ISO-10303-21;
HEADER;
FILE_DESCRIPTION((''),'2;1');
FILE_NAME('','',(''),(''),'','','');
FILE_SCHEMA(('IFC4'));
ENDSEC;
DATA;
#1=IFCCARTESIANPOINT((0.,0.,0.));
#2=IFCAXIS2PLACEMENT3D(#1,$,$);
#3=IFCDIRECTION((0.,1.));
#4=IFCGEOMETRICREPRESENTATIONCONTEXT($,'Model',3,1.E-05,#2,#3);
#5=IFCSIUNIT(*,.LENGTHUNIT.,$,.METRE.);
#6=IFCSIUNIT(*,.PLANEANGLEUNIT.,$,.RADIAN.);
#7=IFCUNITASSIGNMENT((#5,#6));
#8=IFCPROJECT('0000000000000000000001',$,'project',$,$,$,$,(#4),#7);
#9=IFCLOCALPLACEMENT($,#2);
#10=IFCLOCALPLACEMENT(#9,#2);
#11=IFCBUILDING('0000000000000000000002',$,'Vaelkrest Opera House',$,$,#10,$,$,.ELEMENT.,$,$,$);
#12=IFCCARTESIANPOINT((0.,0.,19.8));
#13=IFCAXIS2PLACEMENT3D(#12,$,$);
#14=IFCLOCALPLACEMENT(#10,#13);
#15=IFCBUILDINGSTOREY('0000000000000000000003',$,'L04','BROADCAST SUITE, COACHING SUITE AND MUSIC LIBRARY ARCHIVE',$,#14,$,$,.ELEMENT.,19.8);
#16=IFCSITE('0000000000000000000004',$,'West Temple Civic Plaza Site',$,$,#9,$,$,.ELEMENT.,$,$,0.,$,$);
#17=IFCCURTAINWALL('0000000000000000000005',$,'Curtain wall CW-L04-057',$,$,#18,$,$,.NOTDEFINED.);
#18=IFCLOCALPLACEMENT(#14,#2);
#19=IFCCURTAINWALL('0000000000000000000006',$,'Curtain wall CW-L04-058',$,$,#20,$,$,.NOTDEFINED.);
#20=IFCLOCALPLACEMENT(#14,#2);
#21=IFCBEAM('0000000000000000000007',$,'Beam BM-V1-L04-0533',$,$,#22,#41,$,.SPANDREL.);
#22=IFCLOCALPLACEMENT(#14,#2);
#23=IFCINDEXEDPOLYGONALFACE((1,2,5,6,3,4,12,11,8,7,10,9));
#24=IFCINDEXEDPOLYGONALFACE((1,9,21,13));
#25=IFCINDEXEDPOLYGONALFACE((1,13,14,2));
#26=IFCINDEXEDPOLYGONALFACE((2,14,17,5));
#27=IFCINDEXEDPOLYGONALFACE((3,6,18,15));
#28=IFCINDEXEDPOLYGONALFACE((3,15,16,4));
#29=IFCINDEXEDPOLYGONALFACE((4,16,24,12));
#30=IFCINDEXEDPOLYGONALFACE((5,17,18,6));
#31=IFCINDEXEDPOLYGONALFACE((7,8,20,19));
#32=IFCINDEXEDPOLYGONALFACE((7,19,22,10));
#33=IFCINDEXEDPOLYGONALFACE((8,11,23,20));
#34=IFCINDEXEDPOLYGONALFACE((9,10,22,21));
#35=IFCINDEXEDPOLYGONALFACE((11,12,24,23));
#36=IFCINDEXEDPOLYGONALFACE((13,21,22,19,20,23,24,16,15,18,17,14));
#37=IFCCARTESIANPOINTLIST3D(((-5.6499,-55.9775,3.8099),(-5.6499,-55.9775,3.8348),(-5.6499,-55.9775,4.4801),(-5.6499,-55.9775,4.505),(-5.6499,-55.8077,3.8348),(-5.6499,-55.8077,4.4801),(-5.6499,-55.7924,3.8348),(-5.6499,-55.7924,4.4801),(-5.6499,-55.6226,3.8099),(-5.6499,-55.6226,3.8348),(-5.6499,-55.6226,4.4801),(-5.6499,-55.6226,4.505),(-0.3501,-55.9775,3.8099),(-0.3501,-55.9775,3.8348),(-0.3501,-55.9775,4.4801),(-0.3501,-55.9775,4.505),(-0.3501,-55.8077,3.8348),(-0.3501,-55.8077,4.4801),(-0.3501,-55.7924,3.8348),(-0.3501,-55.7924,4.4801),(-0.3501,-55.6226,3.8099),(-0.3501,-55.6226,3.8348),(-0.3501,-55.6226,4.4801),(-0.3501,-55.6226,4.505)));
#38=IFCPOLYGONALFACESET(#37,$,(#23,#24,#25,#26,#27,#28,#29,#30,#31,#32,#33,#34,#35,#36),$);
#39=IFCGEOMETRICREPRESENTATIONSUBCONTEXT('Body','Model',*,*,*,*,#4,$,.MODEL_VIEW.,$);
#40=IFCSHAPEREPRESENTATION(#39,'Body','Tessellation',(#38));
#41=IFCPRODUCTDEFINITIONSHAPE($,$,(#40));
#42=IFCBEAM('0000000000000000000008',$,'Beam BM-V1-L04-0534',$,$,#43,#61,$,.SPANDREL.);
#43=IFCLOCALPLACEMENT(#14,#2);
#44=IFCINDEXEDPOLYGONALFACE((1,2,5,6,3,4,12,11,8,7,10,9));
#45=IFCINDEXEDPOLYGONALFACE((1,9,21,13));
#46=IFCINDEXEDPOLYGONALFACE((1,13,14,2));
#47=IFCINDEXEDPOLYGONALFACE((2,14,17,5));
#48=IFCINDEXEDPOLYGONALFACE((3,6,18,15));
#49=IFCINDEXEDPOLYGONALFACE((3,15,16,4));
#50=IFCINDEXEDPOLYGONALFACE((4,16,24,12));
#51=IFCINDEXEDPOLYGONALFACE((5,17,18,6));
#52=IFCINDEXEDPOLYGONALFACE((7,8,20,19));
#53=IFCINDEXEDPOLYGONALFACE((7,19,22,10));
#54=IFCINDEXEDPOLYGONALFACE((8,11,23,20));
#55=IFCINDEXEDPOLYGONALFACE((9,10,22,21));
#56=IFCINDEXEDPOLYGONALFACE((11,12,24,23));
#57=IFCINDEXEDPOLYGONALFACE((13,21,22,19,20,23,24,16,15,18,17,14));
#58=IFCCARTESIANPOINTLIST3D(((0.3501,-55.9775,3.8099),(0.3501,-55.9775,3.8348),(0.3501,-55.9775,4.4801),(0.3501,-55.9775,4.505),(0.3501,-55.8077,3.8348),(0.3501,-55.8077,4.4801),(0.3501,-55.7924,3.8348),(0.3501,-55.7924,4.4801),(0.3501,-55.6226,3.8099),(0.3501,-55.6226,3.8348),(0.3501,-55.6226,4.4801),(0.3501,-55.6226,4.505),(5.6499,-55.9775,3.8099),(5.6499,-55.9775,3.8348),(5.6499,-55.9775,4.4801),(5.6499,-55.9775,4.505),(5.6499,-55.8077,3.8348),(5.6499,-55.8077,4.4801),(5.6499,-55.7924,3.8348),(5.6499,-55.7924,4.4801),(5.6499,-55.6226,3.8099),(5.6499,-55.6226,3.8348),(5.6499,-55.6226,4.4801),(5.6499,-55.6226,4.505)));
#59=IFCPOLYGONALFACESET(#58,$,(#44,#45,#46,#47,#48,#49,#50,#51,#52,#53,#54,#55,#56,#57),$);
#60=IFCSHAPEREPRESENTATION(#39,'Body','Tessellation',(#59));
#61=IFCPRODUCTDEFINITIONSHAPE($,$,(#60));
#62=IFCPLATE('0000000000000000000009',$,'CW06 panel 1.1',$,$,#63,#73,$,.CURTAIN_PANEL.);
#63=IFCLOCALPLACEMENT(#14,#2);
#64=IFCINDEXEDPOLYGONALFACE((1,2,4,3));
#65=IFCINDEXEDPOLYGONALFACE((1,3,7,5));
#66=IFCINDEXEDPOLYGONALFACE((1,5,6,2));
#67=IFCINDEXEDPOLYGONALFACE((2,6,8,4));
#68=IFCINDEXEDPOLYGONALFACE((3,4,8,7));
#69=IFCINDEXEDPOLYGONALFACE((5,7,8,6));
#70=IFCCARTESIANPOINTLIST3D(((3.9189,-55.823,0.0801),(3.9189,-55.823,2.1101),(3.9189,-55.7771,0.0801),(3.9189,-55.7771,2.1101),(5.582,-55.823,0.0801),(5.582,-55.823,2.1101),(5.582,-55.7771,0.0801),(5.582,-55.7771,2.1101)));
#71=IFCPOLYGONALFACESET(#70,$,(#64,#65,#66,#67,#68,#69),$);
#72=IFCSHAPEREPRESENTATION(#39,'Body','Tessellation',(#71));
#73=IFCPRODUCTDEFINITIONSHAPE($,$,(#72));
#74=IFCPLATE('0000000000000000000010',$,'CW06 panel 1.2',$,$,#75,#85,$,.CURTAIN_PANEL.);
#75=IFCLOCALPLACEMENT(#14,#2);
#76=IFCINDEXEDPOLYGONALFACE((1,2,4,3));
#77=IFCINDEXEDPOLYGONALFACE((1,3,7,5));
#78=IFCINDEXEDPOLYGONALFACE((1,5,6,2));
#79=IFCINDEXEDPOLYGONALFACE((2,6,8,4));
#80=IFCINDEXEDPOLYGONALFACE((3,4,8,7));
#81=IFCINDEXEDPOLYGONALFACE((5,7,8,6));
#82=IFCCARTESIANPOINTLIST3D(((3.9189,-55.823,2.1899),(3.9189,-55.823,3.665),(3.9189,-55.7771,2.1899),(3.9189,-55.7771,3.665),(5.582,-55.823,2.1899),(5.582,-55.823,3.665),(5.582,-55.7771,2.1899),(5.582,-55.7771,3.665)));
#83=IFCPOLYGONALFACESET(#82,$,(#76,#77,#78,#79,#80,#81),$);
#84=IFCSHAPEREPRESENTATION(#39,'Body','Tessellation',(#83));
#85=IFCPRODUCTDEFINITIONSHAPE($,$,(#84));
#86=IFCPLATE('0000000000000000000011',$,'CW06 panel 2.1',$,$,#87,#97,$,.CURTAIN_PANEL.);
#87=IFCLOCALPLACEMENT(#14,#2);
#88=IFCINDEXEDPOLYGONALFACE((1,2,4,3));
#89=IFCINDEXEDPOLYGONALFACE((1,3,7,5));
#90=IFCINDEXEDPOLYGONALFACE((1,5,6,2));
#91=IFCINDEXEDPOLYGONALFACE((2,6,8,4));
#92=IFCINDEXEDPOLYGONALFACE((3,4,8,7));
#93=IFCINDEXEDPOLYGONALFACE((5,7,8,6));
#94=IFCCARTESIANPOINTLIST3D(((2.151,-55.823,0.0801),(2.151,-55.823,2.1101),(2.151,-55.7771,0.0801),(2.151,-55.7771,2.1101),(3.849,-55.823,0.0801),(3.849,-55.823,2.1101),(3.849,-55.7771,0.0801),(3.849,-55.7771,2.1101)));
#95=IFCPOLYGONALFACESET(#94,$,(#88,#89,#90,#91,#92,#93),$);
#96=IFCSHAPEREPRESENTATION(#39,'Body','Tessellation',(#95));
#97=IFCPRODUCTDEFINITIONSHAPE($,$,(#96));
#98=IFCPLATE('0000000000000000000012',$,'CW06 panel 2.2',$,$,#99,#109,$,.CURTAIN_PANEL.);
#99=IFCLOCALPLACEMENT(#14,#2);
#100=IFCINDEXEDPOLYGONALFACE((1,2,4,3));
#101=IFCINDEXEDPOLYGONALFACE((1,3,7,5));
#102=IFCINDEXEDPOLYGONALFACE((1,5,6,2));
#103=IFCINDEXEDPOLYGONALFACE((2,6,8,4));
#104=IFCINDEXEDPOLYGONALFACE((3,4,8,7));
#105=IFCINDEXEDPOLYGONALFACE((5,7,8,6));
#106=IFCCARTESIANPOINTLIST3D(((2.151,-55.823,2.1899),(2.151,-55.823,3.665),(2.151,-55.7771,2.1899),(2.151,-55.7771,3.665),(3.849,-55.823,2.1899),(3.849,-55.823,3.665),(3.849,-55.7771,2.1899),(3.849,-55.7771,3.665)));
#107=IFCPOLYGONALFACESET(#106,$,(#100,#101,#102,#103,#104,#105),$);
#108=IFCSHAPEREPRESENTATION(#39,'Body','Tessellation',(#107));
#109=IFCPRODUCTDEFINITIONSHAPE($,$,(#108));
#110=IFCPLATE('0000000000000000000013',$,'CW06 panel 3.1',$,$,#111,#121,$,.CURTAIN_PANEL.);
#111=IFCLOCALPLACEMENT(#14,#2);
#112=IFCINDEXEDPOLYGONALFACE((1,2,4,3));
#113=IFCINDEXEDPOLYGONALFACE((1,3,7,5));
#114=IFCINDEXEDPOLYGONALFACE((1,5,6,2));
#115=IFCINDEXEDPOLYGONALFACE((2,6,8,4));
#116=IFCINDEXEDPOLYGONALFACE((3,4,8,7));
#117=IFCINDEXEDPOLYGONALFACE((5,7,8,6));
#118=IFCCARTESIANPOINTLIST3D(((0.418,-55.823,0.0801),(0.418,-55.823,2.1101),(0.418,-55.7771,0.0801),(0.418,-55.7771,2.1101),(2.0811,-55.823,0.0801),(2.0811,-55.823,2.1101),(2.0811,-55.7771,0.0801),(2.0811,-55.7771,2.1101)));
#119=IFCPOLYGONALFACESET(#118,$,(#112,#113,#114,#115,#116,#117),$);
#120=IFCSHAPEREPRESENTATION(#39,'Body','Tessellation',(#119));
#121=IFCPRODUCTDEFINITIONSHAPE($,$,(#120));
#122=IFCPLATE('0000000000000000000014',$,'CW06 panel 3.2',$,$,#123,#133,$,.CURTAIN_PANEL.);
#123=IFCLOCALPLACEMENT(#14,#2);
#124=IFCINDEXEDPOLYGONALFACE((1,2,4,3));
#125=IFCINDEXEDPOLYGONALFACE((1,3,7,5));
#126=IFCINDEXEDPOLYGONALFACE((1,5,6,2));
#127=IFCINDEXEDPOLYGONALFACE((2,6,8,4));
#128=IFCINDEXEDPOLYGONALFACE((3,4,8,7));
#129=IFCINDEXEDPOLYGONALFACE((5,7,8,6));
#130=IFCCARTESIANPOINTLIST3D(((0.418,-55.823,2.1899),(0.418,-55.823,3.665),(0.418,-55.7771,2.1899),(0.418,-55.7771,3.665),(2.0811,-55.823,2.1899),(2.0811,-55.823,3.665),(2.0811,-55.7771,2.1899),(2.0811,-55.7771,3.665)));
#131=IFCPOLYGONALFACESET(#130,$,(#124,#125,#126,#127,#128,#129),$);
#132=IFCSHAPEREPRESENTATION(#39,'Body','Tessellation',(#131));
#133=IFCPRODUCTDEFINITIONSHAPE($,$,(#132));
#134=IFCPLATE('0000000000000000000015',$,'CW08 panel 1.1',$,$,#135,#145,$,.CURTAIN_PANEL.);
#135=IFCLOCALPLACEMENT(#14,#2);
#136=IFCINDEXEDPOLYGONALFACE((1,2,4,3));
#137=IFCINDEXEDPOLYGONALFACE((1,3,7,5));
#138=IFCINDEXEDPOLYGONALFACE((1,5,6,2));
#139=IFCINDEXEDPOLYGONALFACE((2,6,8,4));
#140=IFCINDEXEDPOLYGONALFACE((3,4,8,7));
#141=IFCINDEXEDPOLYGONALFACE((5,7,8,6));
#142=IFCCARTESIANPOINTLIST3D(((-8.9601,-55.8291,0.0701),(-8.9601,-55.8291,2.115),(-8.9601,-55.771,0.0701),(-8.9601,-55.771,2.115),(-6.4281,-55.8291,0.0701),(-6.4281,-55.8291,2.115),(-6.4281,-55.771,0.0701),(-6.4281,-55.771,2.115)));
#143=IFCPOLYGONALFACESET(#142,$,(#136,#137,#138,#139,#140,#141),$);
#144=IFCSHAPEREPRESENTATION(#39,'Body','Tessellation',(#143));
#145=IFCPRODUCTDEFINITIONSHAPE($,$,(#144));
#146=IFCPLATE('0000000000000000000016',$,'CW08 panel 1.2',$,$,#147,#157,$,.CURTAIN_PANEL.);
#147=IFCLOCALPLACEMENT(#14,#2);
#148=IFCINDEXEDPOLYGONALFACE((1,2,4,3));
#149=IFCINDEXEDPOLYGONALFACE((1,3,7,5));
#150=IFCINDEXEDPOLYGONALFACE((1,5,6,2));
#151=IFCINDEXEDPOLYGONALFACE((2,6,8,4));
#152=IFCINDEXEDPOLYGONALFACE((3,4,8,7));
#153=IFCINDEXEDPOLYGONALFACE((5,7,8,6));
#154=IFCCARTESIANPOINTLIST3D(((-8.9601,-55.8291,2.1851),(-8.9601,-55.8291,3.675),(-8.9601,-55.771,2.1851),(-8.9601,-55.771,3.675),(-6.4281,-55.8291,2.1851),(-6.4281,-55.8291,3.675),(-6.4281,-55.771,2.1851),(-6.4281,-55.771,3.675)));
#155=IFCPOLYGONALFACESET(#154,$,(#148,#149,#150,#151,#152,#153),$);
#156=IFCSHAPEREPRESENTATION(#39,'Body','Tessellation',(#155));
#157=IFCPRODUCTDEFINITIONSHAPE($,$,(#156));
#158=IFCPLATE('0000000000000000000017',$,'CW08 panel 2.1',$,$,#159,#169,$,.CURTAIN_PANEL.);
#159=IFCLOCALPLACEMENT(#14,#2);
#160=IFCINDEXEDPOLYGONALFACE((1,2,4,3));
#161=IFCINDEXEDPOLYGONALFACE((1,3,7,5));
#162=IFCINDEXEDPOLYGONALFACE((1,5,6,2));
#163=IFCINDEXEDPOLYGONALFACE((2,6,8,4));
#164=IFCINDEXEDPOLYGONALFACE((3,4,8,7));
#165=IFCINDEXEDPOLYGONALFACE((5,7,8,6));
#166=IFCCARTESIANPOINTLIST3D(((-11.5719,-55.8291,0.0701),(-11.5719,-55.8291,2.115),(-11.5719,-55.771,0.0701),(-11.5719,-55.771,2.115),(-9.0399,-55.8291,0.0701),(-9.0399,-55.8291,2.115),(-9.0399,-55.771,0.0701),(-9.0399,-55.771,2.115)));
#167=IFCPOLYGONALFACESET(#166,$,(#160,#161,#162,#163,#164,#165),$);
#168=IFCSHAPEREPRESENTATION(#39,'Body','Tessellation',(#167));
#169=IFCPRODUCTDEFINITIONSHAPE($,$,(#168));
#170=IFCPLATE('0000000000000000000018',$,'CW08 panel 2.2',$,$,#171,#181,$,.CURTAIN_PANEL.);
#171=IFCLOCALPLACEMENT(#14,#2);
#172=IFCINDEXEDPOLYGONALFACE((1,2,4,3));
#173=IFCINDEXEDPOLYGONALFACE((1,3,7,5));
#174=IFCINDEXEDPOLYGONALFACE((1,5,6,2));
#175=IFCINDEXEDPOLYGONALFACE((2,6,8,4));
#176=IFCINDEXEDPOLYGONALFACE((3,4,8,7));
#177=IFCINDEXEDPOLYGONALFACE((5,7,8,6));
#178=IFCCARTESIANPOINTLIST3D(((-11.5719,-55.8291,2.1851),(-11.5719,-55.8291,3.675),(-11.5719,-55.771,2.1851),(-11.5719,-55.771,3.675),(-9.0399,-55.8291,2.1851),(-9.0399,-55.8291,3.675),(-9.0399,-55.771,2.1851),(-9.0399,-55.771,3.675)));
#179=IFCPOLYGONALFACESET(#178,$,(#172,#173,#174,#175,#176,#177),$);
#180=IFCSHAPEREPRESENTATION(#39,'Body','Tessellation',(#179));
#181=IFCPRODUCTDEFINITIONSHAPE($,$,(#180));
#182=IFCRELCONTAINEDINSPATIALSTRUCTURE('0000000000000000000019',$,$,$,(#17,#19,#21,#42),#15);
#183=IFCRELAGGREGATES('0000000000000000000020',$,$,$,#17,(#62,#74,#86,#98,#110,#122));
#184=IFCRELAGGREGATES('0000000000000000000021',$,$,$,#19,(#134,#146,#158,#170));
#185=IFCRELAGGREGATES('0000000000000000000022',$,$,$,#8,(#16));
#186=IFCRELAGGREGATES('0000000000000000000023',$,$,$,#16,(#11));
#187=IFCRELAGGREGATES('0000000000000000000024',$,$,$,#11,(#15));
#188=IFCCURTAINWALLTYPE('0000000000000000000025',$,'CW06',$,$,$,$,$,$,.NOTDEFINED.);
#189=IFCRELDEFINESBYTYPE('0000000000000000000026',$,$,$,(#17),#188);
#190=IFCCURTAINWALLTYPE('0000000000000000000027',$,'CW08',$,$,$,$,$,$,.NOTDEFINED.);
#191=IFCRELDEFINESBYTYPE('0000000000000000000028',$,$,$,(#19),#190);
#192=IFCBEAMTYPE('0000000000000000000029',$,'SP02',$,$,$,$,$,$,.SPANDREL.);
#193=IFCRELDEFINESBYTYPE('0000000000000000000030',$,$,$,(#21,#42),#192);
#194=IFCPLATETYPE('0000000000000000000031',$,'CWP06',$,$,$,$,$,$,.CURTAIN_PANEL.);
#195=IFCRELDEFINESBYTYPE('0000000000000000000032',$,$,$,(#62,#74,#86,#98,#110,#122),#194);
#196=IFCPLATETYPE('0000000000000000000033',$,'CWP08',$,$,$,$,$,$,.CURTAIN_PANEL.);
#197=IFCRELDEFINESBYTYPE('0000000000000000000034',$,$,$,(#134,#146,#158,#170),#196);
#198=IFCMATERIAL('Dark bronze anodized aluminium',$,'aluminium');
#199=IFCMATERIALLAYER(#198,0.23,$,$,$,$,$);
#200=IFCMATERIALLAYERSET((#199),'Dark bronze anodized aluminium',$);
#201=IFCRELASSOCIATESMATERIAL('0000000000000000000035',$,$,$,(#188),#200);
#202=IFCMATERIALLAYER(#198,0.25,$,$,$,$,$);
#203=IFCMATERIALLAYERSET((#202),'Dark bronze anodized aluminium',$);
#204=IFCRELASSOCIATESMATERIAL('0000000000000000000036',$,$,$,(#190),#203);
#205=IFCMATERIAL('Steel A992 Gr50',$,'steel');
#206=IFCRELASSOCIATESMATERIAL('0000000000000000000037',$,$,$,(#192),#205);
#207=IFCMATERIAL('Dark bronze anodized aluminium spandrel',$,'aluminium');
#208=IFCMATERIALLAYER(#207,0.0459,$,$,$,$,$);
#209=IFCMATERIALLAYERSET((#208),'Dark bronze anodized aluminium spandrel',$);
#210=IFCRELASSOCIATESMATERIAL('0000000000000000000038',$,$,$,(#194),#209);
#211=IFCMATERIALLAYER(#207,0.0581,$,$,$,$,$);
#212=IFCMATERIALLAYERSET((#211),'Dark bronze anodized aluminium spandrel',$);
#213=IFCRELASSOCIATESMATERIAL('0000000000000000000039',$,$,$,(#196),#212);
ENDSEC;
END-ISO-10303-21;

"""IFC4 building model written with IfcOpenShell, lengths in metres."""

from ifc_helpers import new_model, si_unit, direction, frame, origin, origin_2d, place, context, subcontext, project, spatial, rectangle, i_section, extrude, material, layer, layer_set, material_profile, profile_set, type_object, element, aggregate, save


model = new_model("IFC4")

# Units and contexts
model_context = context("Model", 3, precision=1e-05, world=origin(), true_north=direction((0.0, 1.0)))
body_context = subcontext(model_context, "Body", "Model", "MODEL_VIEW")
ifc_project = project(units=[si_unit("LENGTHUNIT", "METRE"), si_unit("PLANEANGLEUNIT", "RADIAN")], contexts=[model_context])

# Site, building, storey
site_placement = place(None, origin())
site = spatial("IfcSite", under=ifc_project, at=site_placement, Name="West Temple Civic Plaza Site", CompositionType="ELEMENT", RefElevation=0.0)
building_placement = place(site_placement, origin())
building = spatial("IfcBuilding", under=site, at=building_placement, Name="Vaelkrest Opera House", CompositionType="ELEMENT")
storey_placement = place(building_placement, frame((0.0, 0.0, 19.8)))
storey = spatial("IfcBuildingStorey", under=building, at=storey_placement, Name="L04", Description="BROADCAST SUITE, COACHING SUITE AND MUSIC LIBRARY ARCHIVE", CompositionType="ELEMENT", Elevation=19.8)

# Curtain walls
ifc_material_1 = material(Name="Dark bronze anodized aluminium", Category="aluminium")
ifc_layer_1 = layer(ifc_material_1, 0.23)
ifc_layer_set_1 = layer_set([ifc_layer_1], Name="Dark bronze anodized aluminium")
curtain_wall_type_1 = type_object("IfcCurtainWallType", Name="CW06", PredefinedType="NOTDEFINED", material=ifc_layer_set_1)
curtain_wall_1_placement = place(storey_placement, origin())
curtain_wall_1 = element("IfcCurtainWall", 1, at=curtain_wall_1_placement, inside=storey, type_object=curtain_wall_type_1, Name="Curtain wall CW-L04-057", PredefinedType="NOTDEFINED")
ifc_layer_2 = layer(ifc_material_1, 0.25)
ifc_layer_set_2 = layer_set([ifc_layer_2], Name="Dark bronze anodized aluminium")
curtain_wall_type_2 = type_object("IfcCurtainWallType", Name="CW08", PredefinedType="NOTDEFINED", material=ifc_layer_set_2)
curtain_wall_2_placement = place(storey_placement, origin())
curtain_wall_2 = element("IfcCurtainWall", 2, at=curtain_wall_2_placement, inside=storey, type_object=curtain_wall_type_2, Name="Curtain wall CW-L04-058", PredefinedType="NOTDEFINED")

# Beams
ifc_material_2 = material(Name="Steel A992 Gr50", Category="steel")
ifc_material_profile_1 = material_profile(ifc_material_2, i_section(OverallWidth=0.355, OverallDepth=0.6951, WebThickness=0.0154, FlangeThickness=0.0249, at=origin_2d()), Name="W27X146")
ifc_profile_set_1 = profile_set([ifc_material_profile_1], Name="Steel A992 Gr50")
beam_type = type_object("IfcBeamType", Name="SP02", PredefinedType="SPANDREL", material=ifc_profile_set_1)
for number, where, z_axis, x_axis, name in (
    (3, (-5.6499, -55.8, 4.1575), (1.0, 0.0, 0.0), (0.0, 1.0, 0.0), "Beam BM-V1-L04-0533"),
    (4, (0.3501, -55.8, 4.1575), (1.0, 0.0, 0.0), (0.0, 1.0, 0.0), "Beam BM-V1-L04-0534"),
):
    element("IfcBeam", number, at=place(storey_placement, frame(where, z_axis=z_axis, x_axis=x_axis)), inside=storey, type_object=beam_type, Name=name, PredefinedType="SPANDREL", context=body_context, shape_type="SweptSolid", body=[
        extrude(i_section(OverallWidth=0.355, OverallDepth=0.6951, WebThickness=0.0154, FlangeThickness=0.0249, at=origin_2d()), origin(), (0.0, 0.0, 1.0), 5.2998),
    ])

# Plates
ifc_material_3 = material(Name="Dark bronze anodized aluminium spandrel", Category="aluminium")
ifc_layer_3 = layer(ifc_material_3, 0.0459)
ifc_layer_set_3 = layer_set([ifc_layer_3], Name="Dark bronze anodized aluminium spandrel")
plate_type_1 = type_object("IfcPlateType", Name="CWP06", PredefinedType="CURTAIN_PANEL", material=ifc_layer_set_3)
plate_1_placement = place(storey_placement, frame((4.7505, -55.8, 0.0801), z_axis=(0.0, 0.0, 1.0), x_axis=(-1.0, 0.0, 0.0)))
plate_1 = element("IfcPlate", 5, at=plate_1_placement, type_object=plate_type_1, Name="CW06 panel 1.1", PredefinedType="CURTAIN_PANEL", context=body_context, shape_type="SweptSolid", body=[
    extrude(rectangle(XDim=1.6631, YDim=0.0459, at=origin_2d()), origin(), (0.0, 0.0, 1.0), 2.03),
])
plate_2_placement = place(storey_placement, frame((4.7505, -55.8, 2.1899), z_axis=(0.0, 0.0, 1.0), x_axis=(-1.0, 0.0, 0.0)))
plate_2 = element("IfcPlate", 6, at=plate_2_placement, type_object=plate_type_1, Name="CW06 panel 1.2", PredefinedType="CURTAIN_PANEL", context=body_context, shape_type="SweptSolid", body=[
    extrude(rectangle(XDim=1.6631, YDim=0.0459, at=origin_2d()), origin(), (0.0, 0.0, 1.0), 1.4751),
])
plate_3_placement = place(storey_placement, frame((3.0, -55.8, 0.0801), z_axis=(0.0, 0.0, 1.0), x_axis=(-1.0, 0.0, 0.0)))
plate_3 = element("IfcPlate", 7, at=plate_3_placement, type_object=plate_type_1, Name="CW06 panel 2.1", PredefinedType="CURTAIN_PANEL", context=body_context, shape_type="SweptSolid", body=[
    extrude(rectangle(XDim=1.698, YDim=0.0459, at=origin_2d()), origin(), (0.0, 0.0, 1.0), 2.03),
])
plate_4_placement = place(storey_placement, frame((3.0, -55.8, 2.1899), z_axis=(0.0, 0.0, 1.0), x_axis=(-1.0, 0.0, 0.0)))
plate_4 = element("IfcPlate", 8, at=plate_4_placement, type_object=plate_type_1, Name="CW06 panel 2.2", PredefinedType="CURTAIN_PANEL", context=body_context, shape_type="SweptSolid", body=[
    extrude(rectangle(XDim=1.698, YDim=0.0459, at=origin_2d()), origin(), (0.0, 0.0, 1.0), 1.4751),
])
plate_5_placement = place(storey_placement, frame((1.2495, -55.8, 0.0801), z_axis=(0.0, 0.0, 1.0), x_axis=(-1.0, 0.0, 0.0)))
plate_5 = element("IfcPlate", 9, at=plate_5_placement, type_object=plate_type_1, Name="CW06 panel 3.1", PredefinedType="CURTAIN_PANEL", context=body_context, shape_type="SweptSolid", body=[
    extrude(rectangle(XDim=1.6631, YDim=0.0459, at=origin_2d()), origin(), (0.0, 0.0, 1.0), 2.03),
])
plate_6_placement = place(storey_placement, frame((1.2495, -55.8, 2.1899), z_axis=(0.0, 0.0, 1.0), x_axis=(-1.0, 0.0, 0.0)))
plate_6 = element("IfcPlate", 10, at=plate_6_placement, type_object=plate_type_1, Name="CW06 panel 3.2", PredefinedType="CURTAIN_PANEL", context=body_context, shape_type="SweptSolid", body=[
    extrude(rectangle(XDim=1.6631, YDim=0.0459, at=origin_2d()), origin(), (0.0, 0.0, 1.0), 1.4751),
])
aggregate(curtain_wall_1, [plate_1, plate_2, plate_3, plate_4, plate_5, plate_6])
ifc_layer_4 = layer(ifc_material_3, 0.0581)
ifc_layer_set_4 = layer_set([ifc_layer_4], Name="Dark bronze anodized aluminium spandrel")
plate_type_2 = type_object("IfcPlateType", Name="CWP08", PredefinedType="CURTAIN_PANEL", material=ifc_layer_set_4)
plate_7_placement = place(storey_placement, frame((-7.6941, -55.8, 0.0701), z_axis=(0.0, 0.0, 1.0), x_axis=(-1.0, 0.0, 0.0)))
plate_7 = element("IfcPlate", 11, at=plate_7_placement, type_object=plate_type_2, Name="CW08 panel 1.1", PredefinedType="CURTAIN_PANEL", context=body_context, shape_type="SweptSolid", body=[
    extrude(rectangle(XDim=2.532, YDim=0.0581, at=origin_2d()), origin(), (0.0, 0.0, 1.0), 2.0449),
])
plate_8_placement = place(storey_placement, frame((-7.6941, -55.8, 2.1851), z_axis=(0.0, 0.0, 1.0), x_axis=(-1.0, 0.0, 0.0)))
plate_8 = element("IfcPlate", 12, at=plate_8_placement, type_object=plate_type_2, Name="CW08 panel 1.2", PredefinedType="CURTAIN_PANEL", context=body_context, shape_type="SweptSolid", body=[
    extrude(rectangle(XDim=2.532, YDim=0.0581, at=origin_2d()), origin(), (0.0, 0.0, 1.0), 1.49),
])
plate_9_placement = place(storey_placement, frame((-10.3059, -55.8, 0.0701), z_axis=(0.0, 0.0, 1.0), x_axis=(-1.0, 0.0, 0.0)))
plate_9 = element("IfcPlate", 13, at=plate_9_placement, type_object=plate_type_2, Name="CW08 panel 2.1", PredefinedType="CURTAIN_PANEL", context=body_context, shape_type="SweptSolid", body=[
    extrude(rectangle(XDim=2.532, YDim=0.0581, at=origin_2d()), origin(), (0.0, 0.0, 1.0), 2.0449),
])
plate_10_placement = place(storey_placement, frame((-10.3059, -55.8, 2.1851), z_axis=(0.0, 0.0, 1.0), x_axis=(-1.0, 0.0, 0.0)))
plate_10 = element("IfcPlate", 14, at=plate_10_placement, type_object=plate_type_2, Name="CW08 panel 2.2", PredefinedType="CURTAIN_PANEL", context=body_context, shape_type="SweptSolid", body=[
    extrude(rectangle(XDim=2.532, YDim=0.0581, at=origin_2d()), origin(), (0.0, 0.0, 1.0), 1.49),
])
aggregate(curtain_wall_2, [plate_7, plate_8, plate_9, plate_10])

save(model, "model.ifc")
